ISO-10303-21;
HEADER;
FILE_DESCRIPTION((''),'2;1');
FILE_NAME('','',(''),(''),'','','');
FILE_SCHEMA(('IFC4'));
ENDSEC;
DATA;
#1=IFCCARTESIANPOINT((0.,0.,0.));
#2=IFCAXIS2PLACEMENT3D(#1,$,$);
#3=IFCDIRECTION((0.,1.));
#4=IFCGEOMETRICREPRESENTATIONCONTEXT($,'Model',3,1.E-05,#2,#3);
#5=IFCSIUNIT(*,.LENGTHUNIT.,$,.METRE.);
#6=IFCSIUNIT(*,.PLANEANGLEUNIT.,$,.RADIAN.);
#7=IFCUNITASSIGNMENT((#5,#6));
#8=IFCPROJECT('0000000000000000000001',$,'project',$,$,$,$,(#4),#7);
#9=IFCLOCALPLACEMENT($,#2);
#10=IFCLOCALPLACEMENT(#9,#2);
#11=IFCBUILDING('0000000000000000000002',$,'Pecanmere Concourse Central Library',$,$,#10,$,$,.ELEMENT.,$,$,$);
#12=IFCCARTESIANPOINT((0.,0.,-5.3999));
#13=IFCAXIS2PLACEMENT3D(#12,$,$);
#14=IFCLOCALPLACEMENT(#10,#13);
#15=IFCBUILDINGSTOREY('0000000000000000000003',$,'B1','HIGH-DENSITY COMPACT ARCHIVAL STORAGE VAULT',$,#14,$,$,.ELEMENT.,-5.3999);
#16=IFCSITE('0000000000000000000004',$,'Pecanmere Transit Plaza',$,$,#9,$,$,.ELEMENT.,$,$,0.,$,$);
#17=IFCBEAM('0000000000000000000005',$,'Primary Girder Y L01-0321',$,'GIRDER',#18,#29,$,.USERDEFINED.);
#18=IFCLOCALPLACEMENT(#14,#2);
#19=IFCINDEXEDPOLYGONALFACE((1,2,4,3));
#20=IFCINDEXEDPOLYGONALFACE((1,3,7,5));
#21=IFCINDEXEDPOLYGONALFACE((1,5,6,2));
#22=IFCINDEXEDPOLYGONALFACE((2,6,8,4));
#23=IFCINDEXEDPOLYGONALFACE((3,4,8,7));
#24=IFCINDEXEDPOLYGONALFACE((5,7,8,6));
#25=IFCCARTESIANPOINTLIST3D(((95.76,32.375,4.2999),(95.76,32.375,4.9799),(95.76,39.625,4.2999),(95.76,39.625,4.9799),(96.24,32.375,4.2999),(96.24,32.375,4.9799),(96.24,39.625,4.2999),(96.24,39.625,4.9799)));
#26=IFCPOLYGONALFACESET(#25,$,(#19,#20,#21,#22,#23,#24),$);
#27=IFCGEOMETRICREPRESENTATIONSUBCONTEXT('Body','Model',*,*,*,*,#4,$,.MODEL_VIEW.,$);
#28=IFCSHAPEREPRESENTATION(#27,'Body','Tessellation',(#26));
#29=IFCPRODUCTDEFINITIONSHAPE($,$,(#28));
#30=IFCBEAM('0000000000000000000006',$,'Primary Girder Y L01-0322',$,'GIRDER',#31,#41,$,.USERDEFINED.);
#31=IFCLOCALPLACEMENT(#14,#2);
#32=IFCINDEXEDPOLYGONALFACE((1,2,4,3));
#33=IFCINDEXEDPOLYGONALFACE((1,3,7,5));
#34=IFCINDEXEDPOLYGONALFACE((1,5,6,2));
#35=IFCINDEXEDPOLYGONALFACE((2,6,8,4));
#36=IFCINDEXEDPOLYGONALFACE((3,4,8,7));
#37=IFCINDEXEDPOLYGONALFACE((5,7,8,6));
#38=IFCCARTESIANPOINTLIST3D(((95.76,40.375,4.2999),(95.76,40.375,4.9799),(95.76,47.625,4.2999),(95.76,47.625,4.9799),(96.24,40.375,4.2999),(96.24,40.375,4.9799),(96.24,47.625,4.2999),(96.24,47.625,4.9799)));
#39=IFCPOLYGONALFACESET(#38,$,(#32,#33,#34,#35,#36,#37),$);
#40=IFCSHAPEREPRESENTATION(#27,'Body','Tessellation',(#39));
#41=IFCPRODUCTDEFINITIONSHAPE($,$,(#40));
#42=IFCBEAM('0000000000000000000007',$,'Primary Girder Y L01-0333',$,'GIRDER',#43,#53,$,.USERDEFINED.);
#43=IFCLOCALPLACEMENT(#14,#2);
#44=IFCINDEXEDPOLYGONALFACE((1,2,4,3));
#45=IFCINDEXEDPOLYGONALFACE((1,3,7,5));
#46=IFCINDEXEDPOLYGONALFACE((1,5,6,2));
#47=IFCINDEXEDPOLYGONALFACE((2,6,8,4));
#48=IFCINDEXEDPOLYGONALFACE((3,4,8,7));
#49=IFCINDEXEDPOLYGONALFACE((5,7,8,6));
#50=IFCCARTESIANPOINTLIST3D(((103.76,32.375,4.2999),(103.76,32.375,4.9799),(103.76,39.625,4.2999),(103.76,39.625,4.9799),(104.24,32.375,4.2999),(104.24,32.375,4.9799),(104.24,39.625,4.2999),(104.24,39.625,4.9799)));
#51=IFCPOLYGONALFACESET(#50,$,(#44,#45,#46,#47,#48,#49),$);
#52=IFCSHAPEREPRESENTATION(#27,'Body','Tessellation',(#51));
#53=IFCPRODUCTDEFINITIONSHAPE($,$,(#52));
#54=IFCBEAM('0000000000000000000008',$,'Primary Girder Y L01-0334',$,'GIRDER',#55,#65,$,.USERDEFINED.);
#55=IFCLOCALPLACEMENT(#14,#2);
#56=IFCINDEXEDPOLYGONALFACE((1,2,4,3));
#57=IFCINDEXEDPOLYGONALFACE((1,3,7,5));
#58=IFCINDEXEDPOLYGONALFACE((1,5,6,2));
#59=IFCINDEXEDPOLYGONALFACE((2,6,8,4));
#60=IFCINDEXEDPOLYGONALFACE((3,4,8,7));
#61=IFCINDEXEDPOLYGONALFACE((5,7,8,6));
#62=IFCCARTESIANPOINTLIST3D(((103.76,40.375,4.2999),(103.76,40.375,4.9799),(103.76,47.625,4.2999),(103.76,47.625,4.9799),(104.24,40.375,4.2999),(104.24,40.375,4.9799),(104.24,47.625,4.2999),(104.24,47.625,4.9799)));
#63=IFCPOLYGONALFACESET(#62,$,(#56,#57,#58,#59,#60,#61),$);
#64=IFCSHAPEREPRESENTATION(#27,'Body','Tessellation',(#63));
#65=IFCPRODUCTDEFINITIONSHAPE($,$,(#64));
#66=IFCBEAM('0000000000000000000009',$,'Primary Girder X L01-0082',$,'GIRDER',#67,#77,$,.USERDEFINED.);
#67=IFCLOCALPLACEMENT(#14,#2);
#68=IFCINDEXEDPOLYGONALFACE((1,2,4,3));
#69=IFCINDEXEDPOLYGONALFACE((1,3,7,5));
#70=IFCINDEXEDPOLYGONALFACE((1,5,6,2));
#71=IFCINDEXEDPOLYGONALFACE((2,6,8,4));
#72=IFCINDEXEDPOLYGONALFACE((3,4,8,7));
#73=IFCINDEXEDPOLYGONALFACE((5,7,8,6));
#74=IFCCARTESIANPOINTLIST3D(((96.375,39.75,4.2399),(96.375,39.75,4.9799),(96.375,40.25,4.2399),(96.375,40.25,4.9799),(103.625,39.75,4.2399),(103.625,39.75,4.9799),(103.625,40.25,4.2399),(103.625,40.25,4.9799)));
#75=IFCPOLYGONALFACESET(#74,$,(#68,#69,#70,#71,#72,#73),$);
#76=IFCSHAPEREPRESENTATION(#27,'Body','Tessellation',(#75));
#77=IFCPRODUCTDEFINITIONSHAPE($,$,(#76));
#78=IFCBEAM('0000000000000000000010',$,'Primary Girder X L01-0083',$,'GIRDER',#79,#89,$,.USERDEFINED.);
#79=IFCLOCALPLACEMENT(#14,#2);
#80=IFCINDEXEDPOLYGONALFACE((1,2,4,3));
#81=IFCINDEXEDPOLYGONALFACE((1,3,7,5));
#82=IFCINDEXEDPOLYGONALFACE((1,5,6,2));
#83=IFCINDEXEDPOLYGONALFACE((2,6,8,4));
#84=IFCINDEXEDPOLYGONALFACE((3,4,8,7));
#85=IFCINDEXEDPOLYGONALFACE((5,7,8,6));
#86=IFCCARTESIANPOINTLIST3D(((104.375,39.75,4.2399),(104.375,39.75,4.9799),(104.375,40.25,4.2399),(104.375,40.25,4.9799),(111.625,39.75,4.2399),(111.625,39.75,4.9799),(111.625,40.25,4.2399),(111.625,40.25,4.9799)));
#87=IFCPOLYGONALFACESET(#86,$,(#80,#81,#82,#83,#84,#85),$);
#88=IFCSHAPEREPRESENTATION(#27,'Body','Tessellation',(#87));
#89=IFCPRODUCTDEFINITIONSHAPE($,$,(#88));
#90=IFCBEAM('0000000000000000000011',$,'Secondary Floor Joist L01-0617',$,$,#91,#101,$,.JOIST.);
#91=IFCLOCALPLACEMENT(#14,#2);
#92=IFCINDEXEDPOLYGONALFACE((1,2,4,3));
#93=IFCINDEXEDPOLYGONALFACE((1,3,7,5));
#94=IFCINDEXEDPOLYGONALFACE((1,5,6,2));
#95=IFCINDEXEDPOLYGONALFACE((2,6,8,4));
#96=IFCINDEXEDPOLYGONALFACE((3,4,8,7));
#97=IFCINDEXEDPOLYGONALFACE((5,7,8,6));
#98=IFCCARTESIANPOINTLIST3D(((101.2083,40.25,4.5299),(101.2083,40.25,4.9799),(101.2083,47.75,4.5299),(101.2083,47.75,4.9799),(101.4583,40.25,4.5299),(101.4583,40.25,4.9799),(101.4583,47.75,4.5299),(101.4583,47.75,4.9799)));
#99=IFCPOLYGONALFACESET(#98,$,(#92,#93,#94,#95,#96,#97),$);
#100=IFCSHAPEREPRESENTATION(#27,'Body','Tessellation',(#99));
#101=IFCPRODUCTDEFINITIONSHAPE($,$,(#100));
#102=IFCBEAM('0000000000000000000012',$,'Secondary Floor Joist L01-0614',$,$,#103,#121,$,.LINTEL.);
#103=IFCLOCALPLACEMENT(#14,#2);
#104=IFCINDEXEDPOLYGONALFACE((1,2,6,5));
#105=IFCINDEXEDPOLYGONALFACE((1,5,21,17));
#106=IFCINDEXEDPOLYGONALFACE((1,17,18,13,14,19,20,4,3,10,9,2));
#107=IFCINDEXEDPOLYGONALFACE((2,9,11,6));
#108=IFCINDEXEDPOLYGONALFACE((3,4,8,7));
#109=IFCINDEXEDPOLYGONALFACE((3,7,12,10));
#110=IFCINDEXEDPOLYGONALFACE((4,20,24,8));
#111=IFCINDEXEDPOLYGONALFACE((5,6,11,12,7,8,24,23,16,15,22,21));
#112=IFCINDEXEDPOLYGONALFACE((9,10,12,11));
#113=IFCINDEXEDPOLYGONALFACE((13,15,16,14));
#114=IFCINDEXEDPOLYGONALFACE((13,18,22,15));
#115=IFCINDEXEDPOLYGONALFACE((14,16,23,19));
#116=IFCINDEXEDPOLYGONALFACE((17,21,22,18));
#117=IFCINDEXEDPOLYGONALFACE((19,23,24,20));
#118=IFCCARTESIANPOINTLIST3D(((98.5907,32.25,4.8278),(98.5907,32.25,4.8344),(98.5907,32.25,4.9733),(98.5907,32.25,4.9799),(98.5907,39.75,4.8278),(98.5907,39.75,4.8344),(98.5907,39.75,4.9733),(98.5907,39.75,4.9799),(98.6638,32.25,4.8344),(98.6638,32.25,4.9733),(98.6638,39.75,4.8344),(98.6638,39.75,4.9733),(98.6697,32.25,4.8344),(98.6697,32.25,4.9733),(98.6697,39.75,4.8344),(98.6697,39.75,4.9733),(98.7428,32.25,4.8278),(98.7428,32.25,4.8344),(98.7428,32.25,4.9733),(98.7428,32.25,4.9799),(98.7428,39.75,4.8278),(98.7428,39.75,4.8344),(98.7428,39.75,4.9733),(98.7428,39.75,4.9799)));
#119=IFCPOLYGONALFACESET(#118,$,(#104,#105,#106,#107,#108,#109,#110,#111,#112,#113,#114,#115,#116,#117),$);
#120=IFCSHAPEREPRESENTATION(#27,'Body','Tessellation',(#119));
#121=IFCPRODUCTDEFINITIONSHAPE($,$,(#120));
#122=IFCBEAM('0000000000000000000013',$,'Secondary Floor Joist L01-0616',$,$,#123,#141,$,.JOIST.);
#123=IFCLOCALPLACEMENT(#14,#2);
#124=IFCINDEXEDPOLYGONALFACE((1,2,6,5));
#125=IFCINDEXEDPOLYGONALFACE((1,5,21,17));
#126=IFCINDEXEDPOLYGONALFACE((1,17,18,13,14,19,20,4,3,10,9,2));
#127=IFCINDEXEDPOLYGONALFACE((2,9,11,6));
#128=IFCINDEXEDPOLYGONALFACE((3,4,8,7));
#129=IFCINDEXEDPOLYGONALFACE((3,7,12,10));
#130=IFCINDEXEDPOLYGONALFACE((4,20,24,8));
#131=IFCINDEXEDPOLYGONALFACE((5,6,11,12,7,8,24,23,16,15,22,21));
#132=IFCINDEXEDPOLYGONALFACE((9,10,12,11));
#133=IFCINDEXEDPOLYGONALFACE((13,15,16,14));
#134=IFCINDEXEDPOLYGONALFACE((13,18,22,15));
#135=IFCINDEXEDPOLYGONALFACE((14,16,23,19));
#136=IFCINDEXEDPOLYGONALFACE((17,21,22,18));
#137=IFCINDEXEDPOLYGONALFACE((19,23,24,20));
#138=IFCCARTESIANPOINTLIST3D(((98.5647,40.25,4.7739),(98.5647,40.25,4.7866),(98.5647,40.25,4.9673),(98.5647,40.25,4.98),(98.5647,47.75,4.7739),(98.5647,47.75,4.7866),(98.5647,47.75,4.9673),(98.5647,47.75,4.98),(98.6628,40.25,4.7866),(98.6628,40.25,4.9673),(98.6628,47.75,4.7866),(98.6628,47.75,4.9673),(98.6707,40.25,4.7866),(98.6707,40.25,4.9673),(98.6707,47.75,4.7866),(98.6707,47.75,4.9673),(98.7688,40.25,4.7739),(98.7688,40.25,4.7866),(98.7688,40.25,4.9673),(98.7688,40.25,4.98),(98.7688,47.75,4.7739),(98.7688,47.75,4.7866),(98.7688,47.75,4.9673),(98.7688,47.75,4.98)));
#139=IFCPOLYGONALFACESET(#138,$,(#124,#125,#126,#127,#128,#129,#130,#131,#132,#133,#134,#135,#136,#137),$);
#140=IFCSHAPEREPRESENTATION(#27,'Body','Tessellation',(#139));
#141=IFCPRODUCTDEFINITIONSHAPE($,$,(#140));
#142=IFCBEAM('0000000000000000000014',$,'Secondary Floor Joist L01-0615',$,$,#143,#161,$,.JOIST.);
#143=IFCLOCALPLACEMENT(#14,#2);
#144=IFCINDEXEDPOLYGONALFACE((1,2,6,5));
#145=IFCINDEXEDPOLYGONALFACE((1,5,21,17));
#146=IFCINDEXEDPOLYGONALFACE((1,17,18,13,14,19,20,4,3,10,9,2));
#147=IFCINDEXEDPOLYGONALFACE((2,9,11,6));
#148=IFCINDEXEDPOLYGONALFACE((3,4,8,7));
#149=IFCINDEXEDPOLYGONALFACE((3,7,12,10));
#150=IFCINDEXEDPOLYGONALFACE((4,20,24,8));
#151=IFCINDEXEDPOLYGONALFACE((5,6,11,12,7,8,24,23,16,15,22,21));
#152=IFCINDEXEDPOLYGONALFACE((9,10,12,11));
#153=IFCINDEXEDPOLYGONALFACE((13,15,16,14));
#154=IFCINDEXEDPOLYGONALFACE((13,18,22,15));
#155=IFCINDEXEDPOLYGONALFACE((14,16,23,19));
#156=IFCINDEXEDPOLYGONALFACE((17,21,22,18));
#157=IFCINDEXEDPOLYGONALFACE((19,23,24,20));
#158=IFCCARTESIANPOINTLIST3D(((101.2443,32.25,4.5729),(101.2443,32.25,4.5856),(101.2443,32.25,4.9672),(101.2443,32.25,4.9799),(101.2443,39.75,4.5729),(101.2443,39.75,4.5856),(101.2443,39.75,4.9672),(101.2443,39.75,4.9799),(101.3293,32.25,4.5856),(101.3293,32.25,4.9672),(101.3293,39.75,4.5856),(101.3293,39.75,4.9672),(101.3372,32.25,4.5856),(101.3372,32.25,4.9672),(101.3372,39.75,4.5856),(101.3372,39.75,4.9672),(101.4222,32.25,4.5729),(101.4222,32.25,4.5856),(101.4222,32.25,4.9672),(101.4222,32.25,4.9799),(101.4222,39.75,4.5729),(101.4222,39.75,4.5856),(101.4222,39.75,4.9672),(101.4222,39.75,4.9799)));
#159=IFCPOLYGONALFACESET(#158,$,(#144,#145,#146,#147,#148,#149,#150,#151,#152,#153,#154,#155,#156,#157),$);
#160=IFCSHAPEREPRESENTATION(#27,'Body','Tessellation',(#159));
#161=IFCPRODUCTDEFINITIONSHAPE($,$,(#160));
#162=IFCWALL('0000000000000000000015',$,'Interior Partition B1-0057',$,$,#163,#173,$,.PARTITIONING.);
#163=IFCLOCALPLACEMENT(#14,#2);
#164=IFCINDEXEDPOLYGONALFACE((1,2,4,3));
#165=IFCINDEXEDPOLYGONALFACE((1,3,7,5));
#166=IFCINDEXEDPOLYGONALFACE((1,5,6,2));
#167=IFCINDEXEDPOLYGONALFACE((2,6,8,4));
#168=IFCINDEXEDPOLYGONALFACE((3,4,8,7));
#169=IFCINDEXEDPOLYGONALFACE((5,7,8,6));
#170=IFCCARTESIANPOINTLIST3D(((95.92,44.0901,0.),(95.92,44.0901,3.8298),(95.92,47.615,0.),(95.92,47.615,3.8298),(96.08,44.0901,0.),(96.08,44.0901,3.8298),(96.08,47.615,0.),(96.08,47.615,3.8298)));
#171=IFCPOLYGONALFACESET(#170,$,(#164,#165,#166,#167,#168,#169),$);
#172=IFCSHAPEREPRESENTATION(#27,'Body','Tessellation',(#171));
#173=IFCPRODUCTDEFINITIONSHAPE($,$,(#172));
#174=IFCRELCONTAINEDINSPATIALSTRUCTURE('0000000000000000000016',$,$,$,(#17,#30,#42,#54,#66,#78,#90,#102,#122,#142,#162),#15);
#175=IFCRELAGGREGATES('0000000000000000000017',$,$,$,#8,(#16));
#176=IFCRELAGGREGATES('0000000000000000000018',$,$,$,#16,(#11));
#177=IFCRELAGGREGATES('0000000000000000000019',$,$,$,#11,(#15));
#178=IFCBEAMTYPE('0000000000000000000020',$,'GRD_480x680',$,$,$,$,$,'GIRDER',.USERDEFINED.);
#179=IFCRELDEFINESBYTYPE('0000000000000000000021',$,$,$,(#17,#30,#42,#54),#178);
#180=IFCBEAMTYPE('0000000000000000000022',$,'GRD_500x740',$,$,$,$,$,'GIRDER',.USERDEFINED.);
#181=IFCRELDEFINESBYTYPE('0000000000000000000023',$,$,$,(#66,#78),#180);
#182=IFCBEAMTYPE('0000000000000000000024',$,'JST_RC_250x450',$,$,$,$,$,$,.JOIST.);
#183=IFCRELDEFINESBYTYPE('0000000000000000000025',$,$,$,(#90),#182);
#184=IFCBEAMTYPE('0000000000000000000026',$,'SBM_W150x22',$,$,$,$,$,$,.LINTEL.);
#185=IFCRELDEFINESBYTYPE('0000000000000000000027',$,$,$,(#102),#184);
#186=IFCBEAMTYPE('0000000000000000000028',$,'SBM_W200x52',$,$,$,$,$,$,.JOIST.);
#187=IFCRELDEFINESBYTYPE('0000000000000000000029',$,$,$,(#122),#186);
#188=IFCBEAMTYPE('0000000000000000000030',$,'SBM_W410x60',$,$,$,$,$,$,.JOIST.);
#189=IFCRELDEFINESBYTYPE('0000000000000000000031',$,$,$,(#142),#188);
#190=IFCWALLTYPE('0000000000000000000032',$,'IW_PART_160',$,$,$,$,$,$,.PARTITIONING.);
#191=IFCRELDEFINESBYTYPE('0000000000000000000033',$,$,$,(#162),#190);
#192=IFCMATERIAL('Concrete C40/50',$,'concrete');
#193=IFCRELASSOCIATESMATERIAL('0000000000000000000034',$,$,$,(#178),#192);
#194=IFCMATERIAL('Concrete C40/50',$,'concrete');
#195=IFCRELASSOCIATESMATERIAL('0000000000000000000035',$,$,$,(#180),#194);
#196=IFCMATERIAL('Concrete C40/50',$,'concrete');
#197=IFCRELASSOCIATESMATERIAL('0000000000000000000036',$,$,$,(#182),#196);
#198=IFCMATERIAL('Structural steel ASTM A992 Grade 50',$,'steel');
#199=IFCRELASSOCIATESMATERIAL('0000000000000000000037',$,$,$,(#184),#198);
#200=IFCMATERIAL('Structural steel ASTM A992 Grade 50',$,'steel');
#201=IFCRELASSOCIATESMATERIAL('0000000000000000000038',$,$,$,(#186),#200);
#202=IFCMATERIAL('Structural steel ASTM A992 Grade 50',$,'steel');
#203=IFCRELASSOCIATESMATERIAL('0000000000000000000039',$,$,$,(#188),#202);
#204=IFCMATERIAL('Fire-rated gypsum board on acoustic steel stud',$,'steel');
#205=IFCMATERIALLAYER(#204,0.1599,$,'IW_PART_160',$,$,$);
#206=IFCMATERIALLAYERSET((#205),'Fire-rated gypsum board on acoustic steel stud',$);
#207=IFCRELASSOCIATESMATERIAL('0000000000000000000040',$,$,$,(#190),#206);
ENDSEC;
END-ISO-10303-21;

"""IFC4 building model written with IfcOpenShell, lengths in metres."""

from ifc_helpers import new_model, si_unit, direction, frame, frame_2d, origin, origin_2d, place, context, subcontext, project, spatial, rectangle, i_section, extrude, material, layer, layer_set, material_profile, profile_set, type_object, element, save


model = new_model("IFC4")

# Units and contexts
model_context = context("Model", 3, precision=1e-05, world=origin(), true_north=direction((0.0, 1.0)))
body_context = subcontext(model_context, "Body", "Model", "MODEL_VIEW")
ifc_project = project(units=[si_unit("LENGTHUNIT", "METRE"), si_unit("PLANEANGLEUNIT", "RADIAN")], contexts=[model_context])

# Site, building, storey
site_placement = place(None, origin())
site = spatial("IfcSite", under=ifc_project, at=site_placement, Name="Pecanmere Transit Plaza", CompositionType="ELEMENT", RefElevation=0.0)
building_placement = place(site_placement, origin())
building = spatial("IfcBuilding", under=site, at=building_placement, Name="Pecanmere Concourse Central Library", CompositionType="ELEMENT")
storey_placement = place(building_placement, frame((0.0, 0.0, -5.3999)))
storey = spatial("IfcBuildingStorey", under=building, at=storey_placement, Name="B1", Description="HIGH-DENSITY COMPACT ARCHIVAL STORAGE VAULT", CompositionType="ELEMENT", Elevation=-5.3999)

# Beams
ifc_material_1 = material(Name="Concrete C40/50", Category="concrete")
ifc_material_profile_1 = material_profile(ifc_material_1, rectangle(XDim=0.48, YDim=0.6799, at=origin_2d()), Name="RC 480x680")
ifc_profile_set_1 = profile_set([ifc_material_profile_1], Name="Concrete C40/50")
beam_type_1 = type_object("IfcBeamType", Name="GRD_480x680", ElementType="GIRDER", PredefinedType="USERDEFINED", material=ifc_profile_set_1)
for number, where, z_axis, x_axis, name in (
    (1, (96.0, 32.375, 4.6399), (0.0, 1.0, 0.0), (-1.0, 0.0, 0.0), "Primary Girder Y L01-0321"),
    (2, (96.0, 40.375, 4.6399), (0.0, 1.0, 0.0), (-1.0, 0.0, 0.0), "Primary Girder Y L01-0322"),
    (3, (104.0, 32.375, 4.6399), (0.0, 1.0, 0.0), (-1.0, 0.0, 0.0), "Primary Girder Y L01-0333"),
    (4, (104.0, 40.375, 4.6399), (0.0, 1.0, 0.0), (-1.0, 0.0, 0.0), "Primary Girder Y L01-0334"),
):
    element("IfcBeam", number, at=place(storey_placement, frame(where, z_axis=z_axis, x_axis=x_axis)), inside=storey, type_object=beam_type_1, Name=name, ObjectType="GIRDER", PredefinedType="USERDEFINED", context=body_context, shape_type="SweptSolid", body=[
        extrude(rectangle(XDim=0.48, YDim=0.6799, at=origin_2d()), origin(), (0.0, 0.0, 1.0), 7.25),
    ])
ifc_material_2 = material(Name="Concrete C40/50", Category="concrete")
ifc_material_profile_2 = material_profile(ifc_material_2, rectangle(XDim=0.5, YDim=0.74, at=origin_2d()), Name="RC 500x740")
ifc_profile_set_2 = profile_set([ifc_material_profile_2], Name="Concrete C40/50")
beam_type_2 = type_object("IfcBeamType", Name="GRD_500x740", ElementType="GIRDER", PredefinedType="USERDEFINED", material=ifc_profile_set_2)
for number, where, z_axis, x_axis, name in (
    (5, (96.375, 40.0, 4.6099), (1.0, 0.0, 0.0), (0.0, 1.0, 0.0), "Primary Girder X L01-0082"),
    (6, (104.375, 40.0, 4.6099), (1.0, 0.0, 0.0), (0.0, 1.0, 0.0), "Primary Girder X L01-0083"),
):
    element("IfcBeam", number, at=place(storey_placement, frame(where, z_axis=z_axis, x_axis=x_axis)), inside=storey, type_object=beam_type_2, Name=name, ObjectType="GIRDER", PredefinedType="USERDEFINED", context=body_context, shape_type="SweptSolid", body=[
        extrude(rectangle(XDim=0.5, YDim=0.74, at=origin_2d()), origin(), (0.0, 0.0, 1.0), 7.25),
    ])
ifc_material_3 = material(Name="Concrete C40/50", Category="concrete")
ifc_material_profile_3 = material_profile(ifc_material_3, rectangle(XDim=0.25, YDim=0.45, at=origin_2d()), Name="RC 250x450")
ifc_profile_set_3 = profile_set([ifc_material_profile_3], Name="Concrete C40/50")
beam_type_3 = type_object("IfcBeamType", Name="JST_RC_250x450", PredefinedType="JOIST", material=ifc_profile_set_3)
beam_1_placement = place(storey_placement, frame((101.3333, 40.25, 4.7549), z_axis=(0.0, 1.0, 0.0), x_axis=(-1.0, 0.0, 0.0)))
element("IfcBeam", 7, at=beam_1_placement, inside=storey, type_object=beam_type_3, Name="Secondary Floor Joist L01-0617", PredefinedType="JOIST", context=body_context, shape_type="SweptSolid", body=[
    extrude(rectangle(XDim=0.25, YDim=0.45, at=origin_2d()), origin(), (0.0, 0.0, 1.0), 7.5),
])
ifc_material_4 = material(Name="Structural steel ASTM A992 Grade 50", Category="steel")
ifc_material_profile_4 = material_profile(ifc_material_4, i_section(OverallWidth=0.1521, OverallDepth=0.1521, WebThickness=0.0059, FlangeThickness=0.0066, at=origin_2d()), Name="W150x22.5")
ifc_profile_set_4 = profile_set([ifc_material_profile_4], Name="Structural steel ASTM A992 Grade 50")
beam_type_4 = type_object("IfcBeamType", Name="SBM_W150x22", PredefinedType="LINTEL", material=ifc_profile_set_4)
beam_2_placement = place(storey_placement, frame((98.6667, 32.25, 4.9038), z_axis=(0.0, 1.0, 0.0), x_axis=(-1.0, 0.0, 0.0)))
element("IfcBeam", 8, at=beam_2_placement, inside=storey, type_object=beam_type_4, Name="Secondary Floor Joist L01-0614", PredefinedType="LINTEL", context=body_context, shape_type="SweptSolid", body=[
    extrude(i_section(OverallWidth=0.1521, OverallDepth=0.1521, WebThickness=0.0059, FlangeThickness=0.0066, at=origin_2d()), origin(), (0.0, 0.0, 1.0), 7.5),
])
ifc_material_5 = material(Name="Structural steel ASTM A992 Grade 50", Category="steel")
ifc_material_profile_5 = material_profile(ifc_material_5, i_section(OverallWidth=0.2041, OverallDepth=0.2061, WebThickness=0.0078, FlangeThickness=0.0127, at=origin_2d()), Name="W200x52")
ifc_profile_set_5 = profile_set([ifc_material_profile_5], Name="Structural steel ASTM A992 Grade 50")
beam_type_5 = type_object("IfcBeamType", Name="SBM_W200x52", PredefinedType="JOIST", material=ifc_profile_set_5)
beam_3_placement = place(storey_placement, frame((98.6667, 40.25, 4.877), z_axis=(0.0, 1.0, 0.0), x_axis=(-1.0, 0.0, 0.0)))
element("IfcBeam", 9, at=beam_3_placement, inside=storey, type_object=beam_type_5, Name="Secondary Floor Joist L01-0616", PredefinedType="JOIST", context=body_context, shape_type="SweptSolid", body=[
    extrude(i_section(OverallWidth=0.2041, OverallDepth=0.2061, WebThickness=0.0078, FlangeThickness=0.0127, at=origin_2d()), origin(), (0.0, 0.0, 1.0), 7.5),
])
ifc_material_6 = material(Name="Structural steel ASTM A992 Grade 50", Category="steel")
ifc_material_profile_6 = material_profile(ifc_material_6, i_section(OverallWidth=0.178, OverallDepth=0.407, WebThickness=0.0078, FlangeThickness=0.0127, at=origin_2d()), Name="W410x60")
ifc_profile_set_6 = profile_set([ifc_material_profile_6], Name="Structural steel ASTM A992 Grade 50")
beam_type_6 = type_object("IfcBeamType", Name="SBM_W410x60", PredefinedType="JOIST", material=ifc_profile_set_6)
beam_4_placement = place(storey_placement, frame((101.3333, 32.25, 4.7764), z_axis=(0.0, 1.0, 0.0), x_axis=(-1.0, 0.0, 0.0)))
element("IfcBeam", 10, at=beam_4_placement, inside=storey, type_object=beam_type_6, Name="Secondary Floor Joist L01-0615", PredefinedType="JOIST", context=body_context, shape_type="SweptSolid", body=[
    extrude(i_section(OverallWidth=0.178, OverallDepth=0.407, WebThickness=0.0078, FlangeThickness=0.0127, at=origin_2d()), origin(), (0.0, 0.0, 1.0), 7.5),
])

# Wall
ifc_material_7 = material(Name="Fire-rated gypsum board on acoustic steel stud", Category="steel")
ifc_layer = layer(ifc_material_7, 0.1599, Name="IW_PART_160")
ifc_layer_set = layer_set([ifc_layer], Name="Fire-rated gypsum board on acoustic steel stud")
wall_type = type_object("IfcWallType", Name="IW_PART_160", PredefinedType="PARTITIONING", material=ifc_layer_set)
wall_placement = place(storey_placement, frame((96.0, 44.0901, 0.0), z_axis=(0.0, 0.0, 1.0), x_axis=(0.0, 1.0, 0.0)))
element("IfcWall", 11, at=wall_placement, inside=storey, type_object=wall_type, Name="Interior Partition B1-0057", PredefinedType="PARTITIONING", context=body_context, shape_type="SweptSolid", body=[
    extrude(rectangle(XDim=3.5249, YDim=0.1599, at=frame_2d((1.7625, 0.0))), origin(), (0.0, 0.0, 1.0), 3.8298),
])

save(model, "model.ifc")
